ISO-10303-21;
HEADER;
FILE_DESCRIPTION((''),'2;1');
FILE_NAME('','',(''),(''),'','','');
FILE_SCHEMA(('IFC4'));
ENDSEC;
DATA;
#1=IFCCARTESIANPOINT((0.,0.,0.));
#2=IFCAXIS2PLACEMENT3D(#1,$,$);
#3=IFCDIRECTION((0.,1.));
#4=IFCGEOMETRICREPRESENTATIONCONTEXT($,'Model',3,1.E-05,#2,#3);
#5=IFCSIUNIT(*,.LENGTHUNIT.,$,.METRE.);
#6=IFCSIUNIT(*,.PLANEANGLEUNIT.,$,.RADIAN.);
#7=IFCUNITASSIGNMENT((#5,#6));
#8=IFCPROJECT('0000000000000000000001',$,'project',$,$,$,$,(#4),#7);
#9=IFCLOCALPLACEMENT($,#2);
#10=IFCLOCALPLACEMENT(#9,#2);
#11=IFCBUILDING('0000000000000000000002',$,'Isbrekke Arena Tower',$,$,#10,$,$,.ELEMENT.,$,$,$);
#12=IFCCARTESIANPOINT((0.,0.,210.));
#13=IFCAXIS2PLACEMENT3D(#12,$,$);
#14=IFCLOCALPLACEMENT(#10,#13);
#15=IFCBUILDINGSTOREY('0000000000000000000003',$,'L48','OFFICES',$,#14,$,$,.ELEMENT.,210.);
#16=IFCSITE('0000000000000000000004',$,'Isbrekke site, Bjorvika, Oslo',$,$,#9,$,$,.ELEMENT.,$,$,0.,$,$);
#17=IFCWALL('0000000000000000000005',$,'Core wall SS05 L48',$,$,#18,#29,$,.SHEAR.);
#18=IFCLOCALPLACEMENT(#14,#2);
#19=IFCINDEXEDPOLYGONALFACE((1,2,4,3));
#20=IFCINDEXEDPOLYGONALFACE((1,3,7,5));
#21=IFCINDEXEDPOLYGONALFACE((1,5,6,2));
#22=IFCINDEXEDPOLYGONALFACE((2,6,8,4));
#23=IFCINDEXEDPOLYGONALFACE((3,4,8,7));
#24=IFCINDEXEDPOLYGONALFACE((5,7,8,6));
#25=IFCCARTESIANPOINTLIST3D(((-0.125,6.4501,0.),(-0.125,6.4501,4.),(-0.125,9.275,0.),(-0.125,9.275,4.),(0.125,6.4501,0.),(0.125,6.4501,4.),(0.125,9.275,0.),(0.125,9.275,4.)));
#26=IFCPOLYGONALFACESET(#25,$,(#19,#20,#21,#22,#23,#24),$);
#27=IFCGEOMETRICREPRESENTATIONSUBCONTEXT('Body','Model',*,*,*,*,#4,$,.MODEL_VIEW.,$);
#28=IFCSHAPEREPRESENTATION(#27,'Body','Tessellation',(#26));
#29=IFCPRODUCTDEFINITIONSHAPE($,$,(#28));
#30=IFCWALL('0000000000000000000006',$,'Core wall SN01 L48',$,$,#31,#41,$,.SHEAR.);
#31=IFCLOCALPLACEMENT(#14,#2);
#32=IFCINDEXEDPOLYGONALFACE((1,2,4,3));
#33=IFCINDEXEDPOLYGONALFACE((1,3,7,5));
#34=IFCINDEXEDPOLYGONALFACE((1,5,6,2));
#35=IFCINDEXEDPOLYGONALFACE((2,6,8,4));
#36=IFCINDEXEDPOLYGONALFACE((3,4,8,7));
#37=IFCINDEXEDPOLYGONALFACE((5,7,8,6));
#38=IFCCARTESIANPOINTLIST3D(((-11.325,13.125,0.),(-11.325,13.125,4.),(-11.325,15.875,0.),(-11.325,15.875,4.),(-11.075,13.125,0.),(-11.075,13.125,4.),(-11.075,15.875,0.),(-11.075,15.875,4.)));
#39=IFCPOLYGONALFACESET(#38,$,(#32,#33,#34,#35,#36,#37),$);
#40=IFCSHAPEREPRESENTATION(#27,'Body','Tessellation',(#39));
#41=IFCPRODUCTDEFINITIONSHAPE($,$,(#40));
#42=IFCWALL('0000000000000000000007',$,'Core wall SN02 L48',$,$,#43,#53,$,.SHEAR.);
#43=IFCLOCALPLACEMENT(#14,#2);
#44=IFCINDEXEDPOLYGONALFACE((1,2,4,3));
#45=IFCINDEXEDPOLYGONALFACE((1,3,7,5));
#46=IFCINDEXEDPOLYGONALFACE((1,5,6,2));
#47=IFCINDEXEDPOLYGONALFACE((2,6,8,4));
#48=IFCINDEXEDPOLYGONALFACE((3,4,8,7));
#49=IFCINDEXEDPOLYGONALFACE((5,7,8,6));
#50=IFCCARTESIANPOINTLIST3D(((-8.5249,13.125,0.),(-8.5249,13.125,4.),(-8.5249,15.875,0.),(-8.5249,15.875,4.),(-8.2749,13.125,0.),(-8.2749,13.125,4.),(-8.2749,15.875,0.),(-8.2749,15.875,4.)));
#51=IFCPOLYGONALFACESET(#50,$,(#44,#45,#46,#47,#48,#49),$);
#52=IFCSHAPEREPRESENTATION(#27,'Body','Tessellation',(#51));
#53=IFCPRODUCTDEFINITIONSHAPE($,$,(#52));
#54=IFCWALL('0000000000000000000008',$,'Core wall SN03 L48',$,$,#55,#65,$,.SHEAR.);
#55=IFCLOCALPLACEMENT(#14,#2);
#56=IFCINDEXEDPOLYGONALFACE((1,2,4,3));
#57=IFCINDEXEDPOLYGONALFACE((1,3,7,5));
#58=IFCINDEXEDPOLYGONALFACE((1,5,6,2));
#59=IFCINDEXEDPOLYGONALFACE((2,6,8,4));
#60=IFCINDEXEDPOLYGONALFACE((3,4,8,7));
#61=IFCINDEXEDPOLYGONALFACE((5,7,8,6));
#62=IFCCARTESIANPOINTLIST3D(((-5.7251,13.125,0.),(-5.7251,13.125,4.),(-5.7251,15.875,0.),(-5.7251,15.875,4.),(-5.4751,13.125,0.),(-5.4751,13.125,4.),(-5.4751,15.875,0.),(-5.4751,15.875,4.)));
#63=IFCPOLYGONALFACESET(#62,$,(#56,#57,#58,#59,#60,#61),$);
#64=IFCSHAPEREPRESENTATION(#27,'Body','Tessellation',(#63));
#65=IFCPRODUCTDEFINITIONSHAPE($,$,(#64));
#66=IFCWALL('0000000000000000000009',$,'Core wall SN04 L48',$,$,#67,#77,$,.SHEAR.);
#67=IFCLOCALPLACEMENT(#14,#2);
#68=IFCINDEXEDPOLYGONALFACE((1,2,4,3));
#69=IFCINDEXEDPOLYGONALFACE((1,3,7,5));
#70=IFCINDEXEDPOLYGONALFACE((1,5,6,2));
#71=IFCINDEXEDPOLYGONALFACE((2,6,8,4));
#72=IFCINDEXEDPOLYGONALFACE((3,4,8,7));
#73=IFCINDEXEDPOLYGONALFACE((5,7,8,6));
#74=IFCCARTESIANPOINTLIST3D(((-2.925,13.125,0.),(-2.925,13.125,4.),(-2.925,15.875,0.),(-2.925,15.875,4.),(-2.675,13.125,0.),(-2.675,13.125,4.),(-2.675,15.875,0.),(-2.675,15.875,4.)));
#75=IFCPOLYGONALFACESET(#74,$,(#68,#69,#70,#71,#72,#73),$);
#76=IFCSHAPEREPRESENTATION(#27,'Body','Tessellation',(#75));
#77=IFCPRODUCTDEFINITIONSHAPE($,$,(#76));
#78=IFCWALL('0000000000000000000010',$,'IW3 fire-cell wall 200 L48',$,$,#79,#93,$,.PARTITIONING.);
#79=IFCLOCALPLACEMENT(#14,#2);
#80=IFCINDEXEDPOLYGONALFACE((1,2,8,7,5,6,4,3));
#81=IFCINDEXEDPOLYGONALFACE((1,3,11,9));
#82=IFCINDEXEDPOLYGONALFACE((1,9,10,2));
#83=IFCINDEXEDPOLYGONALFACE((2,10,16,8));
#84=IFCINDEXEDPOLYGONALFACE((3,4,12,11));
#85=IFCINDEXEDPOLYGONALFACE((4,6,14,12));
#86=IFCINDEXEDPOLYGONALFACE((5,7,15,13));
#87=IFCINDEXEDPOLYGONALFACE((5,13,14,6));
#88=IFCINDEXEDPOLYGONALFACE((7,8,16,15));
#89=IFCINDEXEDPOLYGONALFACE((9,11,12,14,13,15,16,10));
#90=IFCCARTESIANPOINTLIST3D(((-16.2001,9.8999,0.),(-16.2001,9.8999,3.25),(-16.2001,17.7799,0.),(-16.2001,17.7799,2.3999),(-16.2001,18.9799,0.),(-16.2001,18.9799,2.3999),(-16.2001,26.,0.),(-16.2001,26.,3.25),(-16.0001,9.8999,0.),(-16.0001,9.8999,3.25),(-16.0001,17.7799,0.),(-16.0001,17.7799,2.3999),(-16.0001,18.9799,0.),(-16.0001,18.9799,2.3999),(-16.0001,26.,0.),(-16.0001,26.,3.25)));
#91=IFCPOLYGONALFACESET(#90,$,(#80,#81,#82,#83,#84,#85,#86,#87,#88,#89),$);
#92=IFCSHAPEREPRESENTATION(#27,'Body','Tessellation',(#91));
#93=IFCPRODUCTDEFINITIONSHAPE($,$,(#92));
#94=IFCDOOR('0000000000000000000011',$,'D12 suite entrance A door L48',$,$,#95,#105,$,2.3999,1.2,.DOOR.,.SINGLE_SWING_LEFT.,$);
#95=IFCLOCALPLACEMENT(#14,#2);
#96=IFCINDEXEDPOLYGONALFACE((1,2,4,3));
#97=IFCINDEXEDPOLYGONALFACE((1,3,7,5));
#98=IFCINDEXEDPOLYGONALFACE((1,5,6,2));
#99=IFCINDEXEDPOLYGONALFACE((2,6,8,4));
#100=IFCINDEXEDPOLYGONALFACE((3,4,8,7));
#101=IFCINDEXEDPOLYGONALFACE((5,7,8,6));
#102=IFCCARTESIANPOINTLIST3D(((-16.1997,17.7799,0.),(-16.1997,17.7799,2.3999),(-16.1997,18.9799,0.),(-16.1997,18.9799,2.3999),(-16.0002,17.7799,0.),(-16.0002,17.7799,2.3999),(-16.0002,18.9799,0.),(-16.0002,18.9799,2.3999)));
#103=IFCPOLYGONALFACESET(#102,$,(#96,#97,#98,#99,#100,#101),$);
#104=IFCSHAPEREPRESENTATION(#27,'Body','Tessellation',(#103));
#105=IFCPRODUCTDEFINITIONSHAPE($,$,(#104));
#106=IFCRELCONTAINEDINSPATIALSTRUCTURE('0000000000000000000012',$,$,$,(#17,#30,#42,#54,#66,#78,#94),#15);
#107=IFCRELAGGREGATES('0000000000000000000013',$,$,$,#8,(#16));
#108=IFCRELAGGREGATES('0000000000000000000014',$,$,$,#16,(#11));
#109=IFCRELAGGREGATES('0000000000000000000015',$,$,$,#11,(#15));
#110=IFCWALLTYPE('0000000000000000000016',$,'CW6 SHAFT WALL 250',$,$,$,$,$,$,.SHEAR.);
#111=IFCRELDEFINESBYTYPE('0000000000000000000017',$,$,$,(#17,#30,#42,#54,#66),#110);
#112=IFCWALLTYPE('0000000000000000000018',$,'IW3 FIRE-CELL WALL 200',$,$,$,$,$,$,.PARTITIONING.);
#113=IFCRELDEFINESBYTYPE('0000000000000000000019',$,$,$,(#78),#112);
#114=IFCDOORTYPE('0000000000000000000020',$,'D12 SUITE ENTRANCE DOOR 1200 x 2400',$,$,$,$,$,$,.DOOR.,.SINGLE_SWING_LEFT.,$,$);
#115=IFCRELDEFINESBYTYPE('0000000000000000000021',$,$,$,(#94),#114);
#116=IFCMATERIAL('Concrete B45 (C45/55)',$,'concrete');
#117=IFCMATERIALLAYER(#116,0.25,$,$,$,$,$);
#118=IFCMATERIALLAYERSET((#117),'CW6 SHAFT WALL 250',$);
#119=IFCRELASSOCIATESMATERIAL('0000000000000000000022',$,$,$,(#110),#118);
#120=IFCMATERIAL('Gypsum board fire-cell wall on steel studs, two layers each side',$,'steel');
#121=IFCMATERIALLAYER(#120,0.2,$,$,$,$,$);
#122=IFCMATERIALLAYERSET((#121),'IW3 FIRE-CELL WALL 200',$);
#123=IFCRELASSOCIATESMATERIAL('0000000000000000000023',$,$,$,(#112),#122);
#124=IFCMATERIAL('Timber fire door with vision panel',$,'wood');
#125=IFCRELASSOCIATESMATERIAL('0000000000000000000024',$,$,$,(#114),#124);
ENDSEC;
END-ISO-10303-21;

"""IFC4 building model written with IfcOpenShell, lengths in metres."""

from ifc_helpers import new_model, si_unit, direction, frame, frame_2d, origin, place, context, subcontext, project, spatial, rectangle, extrude, material, layer, layer_set, type_object, element, fill, save


model = new_model("IFC4")

# Units and contexts
model_context = context("Model", 3, precision=1e-05, world=origin(), true_north=direction((0.0, 1.0)))
body_context = subcontext(model_context, "Body", "Model", "MODEL_VIEW")
ifc_project = project(units=[si_unit("LENGTHUNIT", "METRE"), si_unit("PLANEANGLEUNIT", "RADIAN")], contexts=[model_context])

# Site, building, storey
site_placement = place(None, origin())
site = spatial("IfcSite", under=ifc_project, at=site_placement, Name="Isbrekke site, Bjorvika, Oslo", CompositionType="ELEMENT", RefElevation=0.0)
building_placement = place(site_placement, origin())
building = spatial("IfcBuilding", under=site, at=building_placement, Name="Isbrekke Arena Tower", CompositionType="ELEMENT")
storey_placement = place(building_placement, frame((0.0, 0.0, 210.0)))
storey = spatial("IfcBuildingStorey", under=building, at=storey_placement, Name="L48", Description="OFFICES", CompositionType="ELEMENT", Elevation=210.0)

# Shared definitions
ifc_material_1 = material(Name="Concrete B45 (C45/55)", Category="concrete")
ifc_layer_1 = layer(ifc_material_1, 0.25)
ifc_layer_set_1 = layer_set([ifc_layer_1], Name="CW6 SHAFT WALL 250")
wall_type_1 = type_object("IfcWallType", Name="CW6 SHAFT WALL 250", PredefinedType="SHEAR", material=ifc_layer_set_1)

# Walls
for number, where, z_axis, x_axis, name in (
    (1, (0.0, 6.45, 0.0), (0.0, 0.0, 1.0), (0.0, 1.0, 0.0), "Core wall SS05 L48"),
):
    element("IfcWall", number, at=place(storey_placement, frame(where, z_axis=z_axis, x_axis=x_axis)), inside=storey, type_object=wall_type_1, Name=name, PredefinedType="SHEAR", context=body_context, shape_type="SweptSolid", body=[
        extrude(rectangle(XDim=2.825, YDim=0.25, at=frame_2d((1.4126, 0.0))), origin(), (0.0, 0.0, 1.0), 4.0),
    ])
for number, where, z_axis, x_axis, name in (
    (2, (-11.2, 13.125, 0.0), (0.0, 0.0, 1.0), (0.0, 1.0, 0.0), "Core wall SN01 L48"),
    (3, (-8.3999, 13.125, 0.0), (0.0, 0.0, 1.0), (0.0, 1.0, 0.0), "Core wall SN02 L48"),
    (4, (-5.6001, 13.125, 0.0), (0.0, 0.0, 1.0), (0.0, 1.0, 0.0), "Core wall SN03 L48"),
    (5, (-2.8, 13.125, 0.0), (0.0, 0.0, 1.0), (0.0, 1.0, 0.0), "Core wall SN04 L48"),
):
    element("IfcWall", number, at=place(storey_placement, frame(where, z_axis=z_axis, x_axis=x_axis)), inside=storey, type_object=wall_type_1, Name=name, PredefinedType="SHEAR", context=body_context, shape_type="SweptSolid", body=[
        extrude(rectangle(XDim=2.75, YDim=0.25, at=frame_2d((1.375, 0.0))), origin(), (0.0, 0.0, 1.0), 4.0),
    ])

# Wall, opening, door
ifc_material_2 = material(Name="Gypsum board fire-cell wall on steel studs, two layers each side", Category="steel")
ifc_layer_2 = layer(ifc_material_2, 0.2)
ifc_layer_set_2 = layer_set([ifc_layer_2], Name="IW3 FIRE-CELL WALL 200")
wall_type_2 = type_object("IfcWallType", Name="IW3 FIRE-CELL WALL 200", PredefinedType="PARTITIONING", material=ifc_layer_set_2)
wall_1_placement = place(storey_placement, frame((-16.1001, 9.8999, 0.0), z_axis=(0.0, 0.0, 1.0), x_axis=(0.0, 1.0, 0.0)))
wall_1 = element("IfcWall", 6, at=wall_1_placement, inside=storey, type_object=wall_type_2, Name="IW3 fire-cell wall 200 L48", PredefinedType="PARTITIONING", context=body_context, shape_type="SweptSolid", body=[
    extrude(rectangle(XDim=16.1001, YDim=0.2, at=frame_2d((8.05, 0.0))), origin(), (0.0, 0.0, 1.0), 3.25),
])
opening_1_placement = place(wall_1_placement, frame((7.8799, 0.0, 0.0)))
opening_1 = element("IfcOpeningElement", 7, at=opening_1_placement, cuts=wall_1, PredefinedType="OPENING", context=body_context, shape_type="SweptSolid", body=[
    extrude(rectangle(XDim=1.2, YDim=2.3999, at=frame_2d((0.6001, 1.2))), frame((0.0, 0.1147, 0.0), z_axis=(0.0, -1.0, 0.0), x_axis=(1.0, 0.0, 0.0)), (0.0, 0.0, 1.0), 0.2297),
])
ifc_material_3 = material(Name="Timber fire door with vision panel", Category="wood")
door_type_1 = type_object("IfcDoorType", Name="D12 SUITE ENTRANCE DOOR 1200 x 2400", OperationType="SINGLE_SWING_LEFT", PredefinedType="DOOR", material=ifc_material_3)
door_1_placement = place(opening_1_placement, origin())
door_1 = element("IfcDoor", 8, at=door_1_placement, inside=storey, type_object=door_type_1, Name="D12 suite entrance A door L48", OperationType="SINGLE_SWING_LEFT", OverallHeight=2.3999, OverallWidth=1.2, PredefinedType="DOOR", context=body_context, shape_type="SweptSolid", body=[
    extrude(rectangle(XDim=1.2, YDim=2.3999, at=frame_2d((0.6001, 1.2))), frame((0.0, 0.0996, 0.0), z_axis=(0.0, -1.0, 0.0), x_axis=(1.0, 0.0, 0.0)), (0.0, 0.0, 1.0), 0.1995),
])
fill(opening_1, door_1)

save(model, "model.ifc")
